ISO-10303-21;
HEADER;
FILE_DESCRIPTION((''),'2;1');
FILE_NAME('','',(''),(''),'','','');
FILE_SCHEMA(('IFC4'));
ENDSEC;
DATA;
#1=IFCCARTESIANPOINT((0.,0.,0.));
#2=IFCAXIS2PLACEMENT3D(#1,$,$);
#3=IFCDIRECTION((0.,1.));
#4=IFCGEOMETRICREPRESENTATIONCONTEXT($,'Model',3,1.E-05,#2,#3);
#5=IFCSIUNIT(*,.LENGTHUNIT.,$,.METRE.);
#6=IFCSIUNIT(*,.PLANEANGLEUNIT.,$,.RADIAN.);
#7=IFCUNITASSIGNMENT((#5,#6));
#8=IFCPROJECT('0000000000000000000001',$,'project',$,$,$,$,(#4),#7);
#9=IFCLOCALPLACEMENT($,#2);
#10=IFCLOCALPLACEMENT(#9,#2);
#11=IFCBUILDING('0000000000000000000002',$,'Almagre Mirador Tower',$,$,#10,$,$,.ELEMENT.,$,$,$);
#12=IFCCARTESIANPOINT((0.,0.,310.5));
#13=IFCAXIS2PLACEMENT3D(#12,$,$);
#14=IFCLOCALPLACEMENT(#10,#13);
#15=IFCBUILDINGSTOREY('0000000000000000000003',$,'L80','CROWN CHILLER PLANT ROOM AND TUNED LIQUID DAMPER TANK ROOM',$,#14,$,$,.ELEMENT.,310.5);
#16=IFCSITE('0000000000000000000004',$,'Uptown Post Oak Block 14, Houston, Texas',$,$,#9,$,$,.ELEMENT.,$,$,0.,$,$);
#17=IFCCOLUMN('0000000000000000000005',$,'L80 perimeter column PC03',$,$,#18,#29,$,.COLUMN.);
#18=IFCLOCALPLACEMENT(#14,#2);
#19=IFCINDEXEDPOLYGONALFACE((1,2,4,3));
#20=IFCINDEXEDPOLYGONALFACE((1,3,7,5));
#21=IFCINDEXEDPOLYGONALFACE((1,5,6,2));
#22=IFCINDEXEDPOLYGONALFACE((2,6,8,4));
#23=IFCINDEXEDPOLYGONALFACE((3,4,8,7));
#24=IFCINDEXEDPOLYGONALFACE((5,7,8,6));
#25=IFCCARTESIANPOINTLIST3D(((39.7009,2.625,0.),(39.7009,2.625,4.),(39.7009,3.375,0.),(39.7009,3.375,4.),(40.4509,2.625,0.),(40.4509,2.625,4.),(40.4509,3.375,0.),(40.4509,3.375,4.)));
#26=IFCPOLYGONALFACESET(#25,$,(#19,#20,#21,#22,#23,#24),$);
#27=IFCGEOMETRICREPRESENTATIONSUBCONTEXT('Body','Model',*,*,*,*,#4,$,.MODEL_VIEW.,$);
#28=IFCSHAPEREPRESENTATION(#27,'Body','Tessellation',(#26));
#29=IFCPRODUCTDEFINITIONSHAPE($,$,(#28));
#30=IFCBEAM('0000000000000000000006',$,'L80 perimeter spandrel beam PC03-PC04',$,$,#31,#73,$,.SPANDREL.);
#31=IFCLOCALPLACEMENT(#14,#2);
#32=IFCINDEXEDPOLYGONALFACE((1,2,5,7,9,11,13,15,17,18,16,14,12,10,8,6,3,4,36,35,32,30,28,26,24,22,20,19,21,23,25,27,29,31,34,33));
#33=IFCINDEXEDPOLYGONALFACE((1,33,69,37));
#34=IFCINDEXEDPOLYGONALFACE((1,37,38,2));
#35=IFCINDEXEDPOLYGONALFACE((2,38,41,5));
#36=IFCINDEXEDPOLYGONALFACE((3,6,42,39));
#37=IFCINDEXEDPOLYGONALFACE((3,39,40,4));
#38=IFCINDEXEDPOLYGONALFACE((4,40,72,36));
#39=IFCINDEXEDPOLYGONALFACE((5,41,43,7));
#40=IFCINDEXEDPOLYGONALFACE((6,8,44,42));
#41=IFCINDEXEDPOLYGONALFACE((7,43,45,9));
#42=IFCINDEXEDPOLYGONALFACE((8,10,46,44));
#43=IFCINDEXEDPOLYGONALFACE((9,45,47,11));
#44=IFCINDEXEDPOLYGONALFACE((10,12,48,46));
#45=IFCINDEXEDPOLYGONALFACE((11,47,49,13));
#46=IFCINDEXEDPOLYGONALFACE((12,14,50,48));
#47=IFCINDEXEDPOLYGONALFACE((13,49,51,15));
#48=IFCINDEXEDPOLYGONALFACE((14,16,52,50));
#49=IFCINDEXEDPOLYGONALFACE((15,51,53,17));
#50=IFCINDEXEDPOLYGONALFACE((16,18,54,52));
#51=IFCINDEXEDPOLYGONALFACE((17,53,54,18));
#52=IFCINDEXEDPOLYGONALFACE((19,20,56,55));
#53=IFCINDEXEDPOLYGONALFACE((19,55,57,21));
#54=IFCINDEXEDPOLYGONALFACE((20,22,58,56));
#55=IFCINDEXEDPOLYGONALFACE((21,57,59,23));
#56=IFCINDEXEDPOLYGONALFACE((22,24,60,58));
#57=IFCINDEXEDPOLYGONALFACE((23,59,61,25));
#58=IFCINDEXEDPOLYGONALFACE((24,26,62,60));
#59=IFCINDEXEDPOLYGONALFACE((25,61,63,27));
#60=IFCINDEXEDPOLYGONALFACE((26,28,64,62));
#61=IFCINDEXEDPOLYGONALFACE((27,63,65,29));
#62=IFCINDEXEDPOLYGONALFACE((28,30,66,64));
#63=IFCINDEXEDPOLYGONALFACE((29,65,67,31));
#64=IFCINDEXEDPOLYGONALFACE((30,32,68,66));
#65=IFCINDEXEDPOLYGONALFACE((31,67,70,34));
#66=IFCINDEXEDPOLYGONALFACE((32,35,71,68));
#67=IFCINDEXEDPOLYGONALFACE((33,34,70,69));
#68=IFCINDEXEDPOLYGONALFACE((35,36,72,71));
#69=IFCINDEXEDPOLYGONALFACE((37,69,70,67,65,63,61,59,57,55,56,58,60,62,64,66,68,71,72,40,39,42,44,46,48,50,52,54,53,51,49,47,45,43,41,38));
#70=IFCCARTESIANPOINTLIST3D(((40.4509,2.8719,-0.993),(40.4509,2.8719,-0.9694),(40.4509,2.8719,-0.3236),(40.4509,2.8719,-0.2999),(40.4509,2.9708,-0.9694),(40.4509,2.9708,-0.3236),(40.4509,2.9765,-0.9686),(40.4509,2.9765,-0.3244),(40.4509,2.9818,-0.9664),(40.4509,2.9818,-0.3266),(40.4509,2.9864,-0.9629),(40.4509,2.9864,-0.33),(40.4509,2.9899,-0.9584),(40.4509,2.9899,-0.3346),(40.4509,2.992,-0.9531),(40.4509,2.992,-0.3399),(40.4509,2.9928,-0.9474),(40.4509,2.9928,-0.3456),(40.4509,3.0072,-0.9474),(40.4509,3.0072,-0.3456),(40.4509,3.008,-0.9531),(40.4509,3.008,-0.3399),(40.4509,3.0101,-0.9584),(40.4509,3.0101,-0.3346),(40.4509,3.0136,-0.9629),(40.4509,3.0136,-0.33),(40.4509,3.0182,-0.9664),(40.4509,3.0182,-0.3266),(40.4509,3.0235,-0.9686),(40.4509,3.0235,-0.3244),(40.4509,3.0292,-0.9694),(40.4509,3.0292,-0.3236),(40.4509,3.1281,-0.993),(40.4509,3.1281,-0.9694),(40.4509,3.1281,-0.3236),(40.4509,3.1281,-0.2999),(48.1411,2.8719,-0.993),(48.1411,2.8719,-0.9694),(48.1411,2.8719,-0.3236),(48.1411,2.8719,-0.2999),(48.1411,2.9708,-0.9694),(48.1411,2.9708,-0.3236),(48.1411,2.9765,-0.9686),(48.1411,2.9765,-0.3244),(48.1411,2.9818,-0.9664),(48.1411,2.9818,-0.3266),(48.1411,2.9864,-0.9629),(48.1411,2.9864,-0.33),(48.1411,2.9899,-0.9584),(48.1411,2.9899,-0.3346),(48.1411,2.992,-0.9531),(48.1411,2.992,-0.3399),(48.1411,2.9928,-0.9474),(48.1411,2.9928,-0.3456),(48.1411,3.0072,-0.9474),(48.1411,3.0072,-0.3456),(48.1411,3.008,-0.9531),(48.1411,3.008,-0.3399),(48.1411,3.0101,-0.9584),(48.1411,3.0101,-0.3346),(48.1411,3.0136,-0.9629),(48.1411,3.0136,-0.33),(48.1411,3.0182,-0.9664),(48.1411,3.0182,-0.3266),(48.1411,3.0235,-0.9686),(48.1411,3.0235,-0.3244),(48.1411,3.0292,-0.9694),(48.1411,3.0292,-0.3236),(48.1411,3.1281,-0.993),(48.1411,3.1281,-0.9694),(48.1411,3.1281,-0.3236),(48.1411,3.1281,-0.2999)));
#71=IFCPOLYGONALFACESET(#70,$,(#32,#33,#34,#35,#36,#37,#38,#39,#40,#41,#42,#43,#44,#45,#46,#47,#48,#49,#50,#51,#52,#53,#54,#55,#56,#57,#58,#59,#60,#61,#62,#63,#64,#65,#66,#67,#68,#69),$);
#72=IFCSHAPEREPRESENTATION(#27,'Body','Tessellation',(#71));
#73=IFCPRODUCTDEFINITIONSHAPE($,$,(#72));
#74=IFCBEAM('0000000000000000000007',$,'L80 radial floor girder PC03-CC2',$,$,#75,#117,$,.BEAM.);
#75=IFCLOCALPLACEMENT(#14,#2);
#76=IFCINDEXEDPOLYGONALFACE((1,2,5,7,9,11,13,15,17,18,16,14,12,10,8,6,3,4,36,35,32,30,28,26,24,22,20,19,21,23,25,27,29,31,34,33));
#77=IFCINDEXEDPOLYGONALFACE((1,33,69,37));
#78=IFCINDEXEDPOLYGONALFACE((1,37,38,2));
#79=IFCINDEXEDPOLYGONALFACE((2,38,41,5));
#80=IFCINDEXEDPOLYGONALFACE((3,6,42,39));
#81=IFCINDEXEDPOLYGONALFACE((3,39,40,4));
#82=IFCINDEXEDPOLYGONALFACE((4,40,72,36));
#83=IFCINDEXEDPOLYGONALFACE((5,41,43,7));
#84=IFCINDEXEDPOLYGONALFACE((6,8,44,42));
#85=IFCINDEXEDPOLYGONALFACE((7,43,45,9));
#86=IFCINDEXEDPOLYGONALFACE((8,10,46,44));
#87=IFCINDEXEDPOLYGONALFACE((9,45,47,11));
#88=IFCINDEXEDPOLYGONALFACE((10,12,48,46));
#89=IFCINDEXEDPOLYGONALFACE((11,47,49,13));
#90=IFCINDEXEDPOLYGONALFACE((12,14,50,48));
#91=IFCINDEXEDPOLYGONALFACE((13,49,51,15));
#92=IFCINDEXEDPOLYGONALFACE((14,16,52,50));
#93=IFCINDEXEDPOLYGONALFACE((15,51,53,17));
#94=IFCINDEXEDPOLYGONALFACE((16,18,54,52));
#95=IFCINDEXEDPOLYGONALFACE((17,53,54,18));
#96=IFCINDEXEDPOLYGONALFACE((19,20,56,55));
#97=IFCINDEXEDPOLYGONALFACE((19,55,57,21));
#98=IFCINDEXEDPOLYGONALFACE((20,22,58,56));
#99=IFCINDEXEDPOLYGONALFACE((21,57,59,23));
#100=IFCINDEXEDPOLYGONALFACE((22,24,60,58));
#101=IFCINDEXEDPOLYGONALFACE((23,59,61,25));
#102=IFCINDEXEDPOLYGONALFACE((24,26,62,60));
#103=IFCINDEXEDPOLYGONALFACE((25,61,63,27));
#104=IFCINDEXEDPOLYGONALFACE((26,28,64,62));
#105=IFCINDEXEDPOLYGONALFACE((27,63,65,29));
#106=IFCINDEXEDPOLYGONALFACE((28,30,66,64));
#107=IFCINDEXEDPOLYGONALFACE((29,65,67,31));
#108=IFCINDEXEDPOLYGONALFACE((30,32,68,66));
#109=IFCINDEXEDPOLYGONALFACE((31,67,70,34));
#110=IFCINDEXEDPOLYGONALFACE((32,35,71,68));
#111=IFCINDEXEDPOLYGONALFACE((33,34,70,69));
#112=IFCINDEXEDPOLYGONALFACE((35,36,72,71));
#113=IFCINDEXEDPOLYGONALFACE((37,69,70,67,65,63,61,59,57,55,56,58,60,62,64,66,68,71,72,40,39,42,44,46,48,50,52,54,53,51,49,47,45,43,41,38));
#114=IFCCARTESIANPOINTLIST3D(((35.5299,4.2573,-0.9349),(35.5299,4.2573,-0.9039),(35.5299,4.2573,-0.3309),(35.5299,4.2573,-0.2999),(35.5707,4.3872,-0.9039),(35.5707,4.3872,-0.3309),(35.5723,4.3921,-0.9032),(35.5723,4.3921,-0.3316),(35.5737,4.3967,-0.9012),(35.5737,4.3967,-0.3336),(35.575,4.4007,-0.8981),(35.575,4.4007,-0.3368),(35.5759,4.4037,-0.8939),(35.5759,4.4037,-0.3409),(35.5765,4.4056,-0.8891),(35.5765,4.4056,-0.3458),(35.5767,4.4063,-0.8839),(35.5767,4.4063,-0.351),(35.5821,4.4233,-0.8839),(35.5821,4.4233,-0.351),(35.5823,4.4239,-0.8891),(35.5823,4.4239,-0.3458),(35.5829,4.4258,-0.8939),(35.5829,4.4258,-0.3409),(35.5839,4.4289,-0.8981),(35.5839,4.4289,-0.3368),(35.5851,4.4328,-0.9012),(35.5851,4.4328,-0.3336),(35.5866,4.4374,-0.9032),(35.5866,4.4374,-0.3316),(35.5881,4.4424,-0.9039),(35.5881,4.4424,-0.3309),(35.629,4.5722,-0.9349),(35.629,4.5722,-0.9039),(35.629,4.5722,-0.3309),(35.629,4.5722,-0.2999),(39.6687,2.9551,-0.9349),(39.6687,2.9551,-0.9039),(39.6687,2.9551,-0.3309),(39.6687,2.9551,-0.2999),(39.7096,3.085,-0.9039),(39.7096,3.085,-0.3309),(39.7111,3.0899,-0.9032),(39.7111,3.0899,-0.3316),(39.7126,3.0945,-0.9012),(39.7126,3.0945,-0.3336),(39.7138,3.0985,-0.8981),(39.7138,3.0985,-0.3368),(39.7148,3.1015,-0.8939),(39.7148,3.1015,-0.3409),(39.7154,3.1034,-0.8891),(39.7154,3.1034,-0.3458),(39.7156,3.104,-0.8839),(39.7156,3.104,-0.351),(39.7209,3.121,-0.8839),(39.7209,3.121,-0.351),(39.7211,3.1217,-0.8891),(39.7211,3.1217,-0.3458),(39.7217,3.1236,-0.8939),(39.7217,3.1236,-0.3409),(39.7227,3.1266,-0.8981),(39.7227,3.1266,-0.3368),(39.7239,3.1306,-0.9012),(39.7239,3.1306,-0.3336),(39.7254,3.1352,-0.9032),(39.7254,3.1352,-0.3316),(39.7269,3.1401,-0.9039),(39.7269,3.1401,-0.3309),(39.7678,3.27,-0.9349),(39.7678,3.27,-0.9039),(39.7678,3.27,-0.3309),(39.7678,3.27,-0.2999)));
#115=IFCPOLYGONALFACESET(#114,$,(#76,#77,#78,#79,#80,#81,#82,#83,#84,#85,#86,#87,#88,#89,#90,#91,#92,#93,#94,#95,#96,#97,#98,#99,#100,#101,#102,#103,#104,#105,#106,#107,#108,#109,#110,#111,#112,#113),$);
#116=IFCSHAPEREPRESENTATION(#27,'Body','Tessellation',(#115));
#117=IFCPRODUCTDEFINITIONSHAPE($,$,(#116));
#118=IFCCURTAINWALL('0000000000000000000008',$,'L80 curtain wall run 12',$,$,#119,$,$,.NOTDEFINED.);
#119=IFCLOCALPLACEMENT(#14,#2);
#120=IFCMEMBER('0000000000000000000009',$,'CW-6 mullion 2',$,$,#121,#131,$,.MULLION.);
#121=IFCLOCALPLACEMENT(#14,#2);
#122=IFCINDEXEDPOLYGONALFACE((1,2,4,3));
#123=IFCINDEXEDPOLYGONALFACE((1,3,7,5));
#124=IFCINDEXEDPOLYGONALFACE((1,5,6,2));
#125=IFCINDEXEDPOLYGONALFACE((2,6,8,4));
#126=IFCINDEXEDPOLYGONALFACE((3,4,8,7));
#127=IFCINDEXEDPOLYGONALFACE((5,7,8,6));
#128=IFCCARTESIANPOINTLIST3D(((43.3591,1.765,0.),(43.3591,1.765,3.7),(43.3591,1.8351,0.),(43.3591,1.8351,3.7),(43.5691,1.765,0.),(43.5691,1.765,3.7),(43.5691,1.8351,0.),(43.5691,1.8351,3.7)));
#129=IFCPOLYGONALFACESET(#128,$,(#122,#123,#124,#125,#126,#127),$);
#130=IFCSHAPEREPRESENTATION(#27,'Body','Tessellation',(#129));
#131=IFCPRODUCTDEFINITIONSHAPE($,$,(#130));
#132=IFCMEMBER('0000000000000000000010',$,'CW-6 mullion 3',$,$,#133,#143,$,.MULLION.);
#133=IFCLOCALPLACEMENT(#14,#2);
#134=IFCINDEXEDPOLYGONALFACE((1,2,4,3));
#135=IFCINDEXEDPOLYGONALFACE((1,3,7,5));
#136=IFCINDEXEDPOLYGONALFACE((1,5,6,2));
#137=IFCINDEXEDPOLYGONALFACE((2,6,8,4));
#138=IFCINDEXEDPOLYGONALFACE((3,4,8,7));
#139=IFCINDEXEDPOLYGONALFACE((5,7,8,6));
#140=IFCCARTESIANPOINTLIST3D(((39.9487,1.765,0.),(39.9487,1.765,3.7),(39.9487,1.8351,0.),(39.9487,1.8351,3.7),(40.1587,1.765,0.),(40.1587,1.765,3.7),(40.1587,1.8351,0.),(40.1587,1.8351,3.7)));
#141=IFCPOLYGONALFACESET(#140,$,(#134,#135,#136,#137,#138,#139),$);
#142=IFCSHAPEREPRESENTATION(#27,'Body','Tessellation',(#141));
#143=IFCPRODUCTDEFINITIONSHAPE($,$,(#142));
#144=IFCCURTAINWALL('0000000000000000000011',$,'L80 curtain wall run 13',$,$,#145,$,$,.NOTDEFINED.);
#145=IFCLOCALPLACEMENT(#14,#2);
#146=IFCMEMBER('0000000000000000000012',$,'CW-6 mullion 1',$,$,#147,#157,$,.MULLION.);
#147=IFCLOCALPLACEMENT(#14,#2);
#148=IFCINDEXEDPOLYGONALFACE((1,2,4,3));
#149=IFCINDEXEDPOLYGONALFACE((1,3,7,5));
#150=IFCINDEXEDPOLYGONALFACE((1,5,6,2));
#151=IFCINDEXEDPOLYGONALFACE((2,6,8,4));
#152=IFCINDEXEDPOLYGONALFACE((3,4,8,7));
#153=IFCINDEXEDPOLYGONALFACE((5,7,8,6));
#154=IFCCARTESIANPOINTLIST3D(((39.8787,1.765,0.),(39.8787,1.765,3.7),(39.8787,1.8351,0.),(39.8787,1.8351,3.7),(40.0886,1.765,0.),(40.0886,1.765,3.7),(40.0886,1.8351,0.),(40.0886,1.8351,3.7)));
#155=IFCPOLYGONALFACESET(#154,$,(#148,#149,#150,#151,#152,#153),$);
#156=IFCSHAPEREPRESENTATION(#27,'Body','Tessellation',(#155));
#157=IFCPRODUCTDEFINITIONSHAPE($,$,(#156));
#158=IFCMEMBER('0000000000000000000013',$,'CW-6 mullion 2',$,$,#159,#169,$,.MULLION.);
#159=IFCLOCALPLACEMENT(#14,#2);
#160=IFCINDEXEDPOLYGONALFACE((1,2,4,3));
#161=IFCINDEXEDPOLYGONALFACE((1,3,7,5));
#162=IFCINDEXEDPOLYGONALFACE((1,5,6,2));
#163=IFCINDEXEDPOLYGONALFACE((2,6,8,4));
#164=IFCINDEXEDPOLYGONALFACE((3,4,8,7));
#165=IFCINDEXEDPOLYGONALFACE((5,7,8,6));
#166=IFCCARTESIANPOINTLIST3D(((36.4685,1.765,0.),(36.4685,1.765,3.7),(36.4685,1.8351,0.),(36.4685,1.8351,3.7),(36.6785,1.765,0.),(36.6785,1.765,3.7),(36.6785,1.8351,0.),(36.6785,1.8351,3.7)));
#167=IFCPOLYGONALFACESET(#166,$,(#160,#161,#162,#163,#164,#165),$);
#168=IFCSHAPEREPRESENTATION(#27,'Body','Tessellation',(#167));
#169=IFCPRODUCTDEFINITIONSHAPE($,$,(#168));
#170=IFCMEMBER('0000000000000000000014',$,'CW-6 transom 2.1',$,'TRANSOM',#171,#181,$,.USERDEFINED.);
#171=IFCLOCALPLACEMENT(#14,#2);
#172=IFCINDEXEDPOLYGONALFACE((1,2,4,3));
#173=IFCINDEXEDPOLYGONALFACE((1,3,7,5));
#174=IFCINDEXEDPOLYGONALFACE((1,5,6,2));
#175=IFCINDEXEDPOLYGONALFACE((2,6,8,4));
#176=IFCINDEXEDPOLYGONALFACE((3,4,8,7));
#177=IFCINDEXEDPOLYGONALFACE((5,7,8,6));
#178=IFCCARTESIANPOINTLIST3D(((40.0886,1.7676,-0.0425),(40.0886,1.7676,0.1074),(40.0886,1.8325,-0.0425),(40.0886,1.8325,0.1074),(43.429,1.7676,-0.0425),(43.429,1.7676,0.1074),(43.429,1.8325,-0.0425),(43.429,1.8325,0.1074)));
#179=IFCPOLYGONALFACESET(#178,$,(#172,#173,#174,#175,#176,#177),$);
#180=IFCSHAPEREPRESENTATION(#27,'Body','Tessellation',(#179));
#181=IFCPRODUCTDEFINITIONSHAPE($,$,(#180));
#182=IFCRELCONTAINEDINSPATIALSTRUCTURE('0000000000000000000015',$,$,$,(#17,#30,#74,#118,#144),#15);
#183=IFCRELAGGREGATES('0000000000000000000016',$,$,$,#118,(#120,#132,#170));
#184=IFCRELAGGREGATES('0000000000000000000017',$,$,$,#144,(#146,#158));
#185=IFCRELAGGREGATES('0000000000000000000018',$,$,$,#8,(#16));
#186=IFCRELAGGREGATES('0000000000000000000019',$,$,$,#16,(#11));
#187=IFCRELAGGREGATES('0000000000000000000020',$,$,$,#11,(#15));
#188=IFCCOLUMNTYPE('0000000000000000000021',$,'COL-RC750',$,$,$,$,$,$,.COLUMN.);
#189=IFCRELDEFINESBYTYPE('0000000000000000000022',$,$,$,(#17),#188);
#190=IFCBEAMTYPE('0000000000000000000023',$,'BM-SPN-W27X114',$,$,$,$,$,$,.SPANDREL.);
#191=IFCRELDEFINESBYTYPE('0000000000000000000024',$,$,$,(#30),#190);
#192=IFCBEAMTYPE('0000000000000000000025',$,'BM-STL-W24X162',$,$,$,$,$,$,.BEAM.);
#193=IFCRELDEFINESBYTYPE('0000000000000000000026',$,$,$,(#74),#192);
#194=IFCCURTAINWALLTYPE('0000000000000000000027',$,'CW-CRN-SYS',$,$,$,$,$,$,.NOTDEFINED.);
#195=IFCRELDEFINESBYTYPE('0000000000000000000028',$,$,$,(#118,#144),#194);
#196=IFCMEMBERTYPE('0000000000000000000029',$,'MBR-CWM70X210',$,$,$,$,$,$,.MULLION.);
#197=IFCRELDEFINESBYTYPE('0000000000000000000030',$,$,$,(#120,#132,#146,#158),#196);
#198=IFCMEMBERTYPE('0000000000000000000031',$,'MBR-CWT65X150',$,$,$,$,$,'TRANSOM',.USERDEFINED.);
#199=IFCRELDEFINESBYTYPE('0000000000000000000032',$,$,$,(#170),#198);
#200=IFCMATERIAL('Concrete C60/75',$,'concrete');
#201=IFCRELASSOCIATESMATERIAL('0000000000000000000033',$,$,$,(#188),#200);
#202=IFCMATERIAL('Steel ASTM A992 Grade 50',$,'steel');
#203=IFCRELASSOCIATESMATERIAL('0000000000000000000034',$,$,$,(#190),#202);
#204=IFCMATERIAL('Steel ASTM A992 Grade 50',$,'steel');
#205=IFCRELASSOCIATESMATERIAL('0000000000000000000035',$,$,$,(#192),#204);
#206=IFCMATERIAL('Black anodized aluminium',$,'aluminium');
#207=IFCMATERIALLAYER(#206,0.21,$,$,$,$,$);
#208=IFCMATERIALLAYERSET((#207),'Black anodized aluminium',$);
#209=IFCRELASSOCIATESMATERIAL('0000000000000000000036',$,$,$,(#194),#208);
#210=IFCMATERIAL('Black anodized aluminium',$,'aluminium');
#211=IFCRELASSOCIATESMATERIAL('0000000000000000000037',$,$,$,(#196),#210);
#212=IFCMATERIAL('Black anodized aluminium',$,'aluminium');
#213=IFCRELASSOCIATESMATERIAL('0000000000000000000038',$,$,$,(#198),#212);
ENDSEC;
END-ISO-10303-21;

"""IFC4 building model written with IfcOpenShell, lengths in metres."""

from ifc_helpers import new_model, si_unit, direction, frame, origin, origin_2d, place, context, subcontext, project, spatial, rectangle, i_section, extrude, material, layer, layer_set, material_profile, profile_set, type_object, element, aggregate, save


model = new_model("IFC4")

# Units and contexts
model_context = context("Model", 3, precision=1e-05, world=origin(), true_north=direction((0.0, 1.0)))
body_context = subcontext(model_context, "Body", "Model", "MODEL_VIEW")
ifc_project = project(units=[si_unit("LENGTHUNIT", "METRE"), si_unit("PLANEANGLEUNIT", "RADIAN")], contexts=[model_context])

# Site, building, storey
site_placement = place(None, origin())
site = spatial("IfcSite", under=ifc_project, at=site_placement, Name="Uptown Post Oak Block 14, Houston, Texas", CompositionType="ELEMENT", RefElevation=0.0)
building_placement = place(site_placement, origin())
building = spatial("IfcBuilding", under=site, at=building_placement, Name="Almagre Mirador Tower", CompositionType="ELEMENT")
storey_placement = place(building_placement, frame((0.0, 0.0, 310.5)))
storey = spatial("IfcBuildingStorey", under=building, at=storey_placement, Name="L80", Description="CROWN CHILLER PLANT ROOM AND TUNED LIQUID DAMPER TANK ROOM", CompositionType="ELEMENT", Elevation=310.5)

# Column
ifc_material_1 = material(Name="Concrete C60/75", Category="concrete")
ifc_material_profile_1 = material_profile(ifc_material_1, rectangle(XDim=0.75, YDim=0.75, at=origin_2d()), Name="RC750X750")
ifc_profile_set_1 = profile_set([ifc_material_profile_1], Name="Concrete C60/75")
column_type = type_object("IfcColumnType", Name="COL-RC750", PredefinedType="COLUMN", material=ifc_profile_set_1)
column_placement = place(storey_placement, frame((40.0759, 3.0, 0.0), z_axis=(0.0, 0.0, 1.0), x_axis=(1.0, 0.0, 0.0)))
element("IfcColumn", 1, at=column_placement, inside=storey, type_object=column_type, Name="L80 perimeter column PC03", PredefinedType="COLUMN", context=body_context, shape_type="SweptSolid", body=[
    extrude(rectangle(XDim=0.75, YDim=0.75, at=origin_2d()), origin(), (0.0, 0.0, 1.0), 4.0),
])

# Beams
ifc_material_2 = material(Name="Steel ASTM A992 Grade 50", Category="steel")
ifc_material_profile_2 = material_profile(ifc_material_2, i_section(OverallWidth=0.2561, OverallDepth=0.6931, WebThickness=0.0144, FlangeThickness=0.0237, FilletRadius=0.022, at=origin_2d()), Name="W27X114")
ifc_profile_set_2 = profile_set([ifc_material_profile_2], Name="Steel ASTM A992 Grade 50")
beam_type_1 = type_object("IfcBeamType", Name="BM-SPN-W27X114", PredefinedType="SPANDREL", material=ifc_profile_set_2)
beam_1_placement = place(storey_placement, frame((40.4509, 3.0, -0.6465), z_axis=(1.0, 0.0, 0.0), x_axis=(0.0, 1.0, 0.0)))
element("IfcBeam", 2, at=beam_1_placement, inside=storey, type_object=beam_type_1, Name="L80 perimeter spandrel beam PC03-PC04", PredefinedType="SPANDREL", context=body_context, shape_type="SweptSolid", body=[
    extrude(i_section(OverallWidth=0.2561, OverallDepth=0.6931, WebThickness=0.0144, FlangeThickness=0.0237, FilletRadius=0.022, at=origin_2d()), origin(), (0.0, 0.0, 1.0), 7.6902),
])
ifc_material_3 = material(Name="Steel ASTM A992 Grade 50", Category="steel")
ifc_material_profile_3 = material_profile(ifc_material_3, i_section(OverallWidth=0.3301, OverallDepth=0.635, WebThickness=0.0178, FlangeThickness=0.031, FilletRadius=0.02, at=origin_2d()), Name="W24X162")
ifc_profile_set_3 = profile_set([ifc_material_profile_3], Name="Steel ASTM A992 Grade 50")
beam_type_2 = type_object("IfcBeamType", Name="BM-STL-W24X162", PredefinedType="BEAM", material=ifc_profile_set_3)
beam_2_placement = place(storey_placement, frame((39.7183, 3.1125, -0.6174), z_axis=(-0.953898, 0.300129, 0.0), x_axis=(-0.300129, -0.953898, 0.0)))
element("IfcBeam", 3, at=beam_2_placement, inside=storey, type_object=beam_type_2, Name="L80 radial floor girder PC03-CC2", PredefinedType="BEAM", context=body_context, shape_type="SweptSolid", body=[
    extrude(i_section(OverallWidth=0.3301, OverallDepth=0.635, WebThickness=0.0178, FlangeThickness=0.031, FilletRadius=0.02, at=origin_2d()), origin(), (0.0, 0.0, 1.0), 4.3389),
])

# Curtain walls, members
ifc_material_4 = material(Name="Black anodized aluminium", Category="aluminium")
ifc_layer_1 = layer(ifc_material_4, 0.21)
ifc_layer_set_1 = layer_set([ifc_layer_1], Name="Black anodized aluminium")
curtain_wall_type = type_object("IfcCurtainWallType", Name="CW-CRN-SYS", PredefinedType="NOTDEFINED", material=ifc_layer_set_1)
curtain_wall_1_placement = place(storey_placement, origin())
curtain_wall_1 = element("IfcCurtainWall", 4, at=curtain_wall_1_placement, inside=storey, type_object=curtain_wall_type, Name="L80 curtain wall run 12", PredefinedType="NOTDEFINED")
ifc_material_5 = material(Name="Black anodized aluminium", Category="aluminium")
ifc_material_profile_4 = material_profile(ifc_material_5, rectangle(XDim=0.0701, YDim=0.21, at=origin_2d()), Name="CWM70X210")
ifc_profile_set_4 = profile_set([ifc_material_profile_4], Name="Black anodized aluminium")
member_type_1 = type_object("IfcMemberType", Name="MBR-CWM70X210", PredefinedType="MULLION", material=ifc_profile_set_4)
member_1_placement = place(storey_placement, frame((43.4641, 1.8, 0.0), z_axis=(0.0, 0.0, 1.0), x_axis=(0.0, -1.0, 0.0)))
member_1 = element("IfcMember", 5, at=member_1_placement, type_object=member_type_1, Name="CW-6 mullion 2", PredefinedType="MULLION", context=body_context, shape_type="SweptSolid", body=[
    extrude(rectangle(XDim=0.0701, YDim=0.21, at=origin_2d()), origin(), (0.0, 0.0, 1.0), 3.7),
])
member_2_placement = place(storey_placement, frame((40.0537, 1.8, 0.0), z_axis=(0.0, 0.0, 1.0), x_axis=(0.0, -1.0, 0.0)))
member_2 = element("IfcMember", 6, at=member_2_placement, type_object=member_type_1, Name="CW-6 mullion 3", PredefinedType="MULLION", context=body_context, shape_type="SweptSolid", body=[
    extrude(rectangle(XDim=0.0701, YDim=0.21, at=origin_2d()), origin(), (0.0, 0.0, 1.0), 3.7),
])
curtain_wall_2_placement = place(storey_placement, origin())
curtain_wall_2 = element("IfcCurtainWall", 7, at=curtain_wall_2_placement, inside=storey, type_object=curtain_wall_type, Name="L80 curtain wall run 13", PredefinedType="NOTDEFINED")
member_3_placement = place(storey_placement, frame((39.9836, 1.8, 0.0), z_axis=(0.0, 0.0, 1.0), x_axis=(0.0, -1.0, 0.0)))
member_3 = element("IfcMember", 8, at=member_3_placement, type_object=member_type_1, Name="CW-6 mullion 1", PredefinedType="MULLION", context=body_context, shape_type="SweptSolid", body=[
    extrude(rectangle(XDim=0.0701, YDim=0.21, at=origin_2d()), origin(), (0.0, 0.0, 1.0), 3.7),
])
member_4_placement = place(storey_placement, frame((36.5735, 1.8, 0.0), z_axis=(0.0, 0.0, 1.0), x_axis=(0.0, -1.0, 0.0)))
member_4 = element("IfcMember", 9, at=member_4_placement, type_object=member_type_1, Name="CW-6 mullion 2", PredefinedType="MULLION", context=body_context, shape_type="SweptSolid", body=[
    extrude(rectangle(XDim=0.0701, YDim=0.21, at=origin_2d()), origin(), (0.0, 0.0, 1.0), 3.7),
])

# Member
ifc_material_6 = material(Name="Black anodized aluminium", Category="aluminium")
ifc_material_profile_5 = material_profile(ifc_material_6, rectangle(XDim=0.0649, YDim=0.1499, at=origin_2d()), Name="CWT65X150")
ifc_profile_set_5 = profile_set([ifc_material_profile_5], Name="Black anodized aluminium")
member_type_2 = type_object("IfcMemberType", Name="MBR-CWT65X150", ElementType="TRANSOM", PredefinedType="USERDEFINED", material=ifc_profile_set_5)
member_5_placement = place(storey_placement, frame((43.429, 1.8, 0.0325), z_axis=(-1.0, 0.0, 0.0), x_axis=(0.0, -1.0, 0.0)))
member_5 = element("IfcMember", 10, at=member_5_placement, type_object=member_type_2, Name="CW-6 transom 2.1", ObjectType="TRANSOM", PredefinedType="USERDEFINED", context=body_context, shape_type="SweptSolid", body=[
    extrude(rectangle(XDim=0.0649, YDim=0.1499, at=origin_2d()), origin(), (0.0, 0.0, 1.0), 3.3403),
])

aggregate(curtain_wall_1, [member_1, member_2, member_5])
aggregate(curtain_wall_2, [member_3, member_4])

save(model, "model.ifc")
